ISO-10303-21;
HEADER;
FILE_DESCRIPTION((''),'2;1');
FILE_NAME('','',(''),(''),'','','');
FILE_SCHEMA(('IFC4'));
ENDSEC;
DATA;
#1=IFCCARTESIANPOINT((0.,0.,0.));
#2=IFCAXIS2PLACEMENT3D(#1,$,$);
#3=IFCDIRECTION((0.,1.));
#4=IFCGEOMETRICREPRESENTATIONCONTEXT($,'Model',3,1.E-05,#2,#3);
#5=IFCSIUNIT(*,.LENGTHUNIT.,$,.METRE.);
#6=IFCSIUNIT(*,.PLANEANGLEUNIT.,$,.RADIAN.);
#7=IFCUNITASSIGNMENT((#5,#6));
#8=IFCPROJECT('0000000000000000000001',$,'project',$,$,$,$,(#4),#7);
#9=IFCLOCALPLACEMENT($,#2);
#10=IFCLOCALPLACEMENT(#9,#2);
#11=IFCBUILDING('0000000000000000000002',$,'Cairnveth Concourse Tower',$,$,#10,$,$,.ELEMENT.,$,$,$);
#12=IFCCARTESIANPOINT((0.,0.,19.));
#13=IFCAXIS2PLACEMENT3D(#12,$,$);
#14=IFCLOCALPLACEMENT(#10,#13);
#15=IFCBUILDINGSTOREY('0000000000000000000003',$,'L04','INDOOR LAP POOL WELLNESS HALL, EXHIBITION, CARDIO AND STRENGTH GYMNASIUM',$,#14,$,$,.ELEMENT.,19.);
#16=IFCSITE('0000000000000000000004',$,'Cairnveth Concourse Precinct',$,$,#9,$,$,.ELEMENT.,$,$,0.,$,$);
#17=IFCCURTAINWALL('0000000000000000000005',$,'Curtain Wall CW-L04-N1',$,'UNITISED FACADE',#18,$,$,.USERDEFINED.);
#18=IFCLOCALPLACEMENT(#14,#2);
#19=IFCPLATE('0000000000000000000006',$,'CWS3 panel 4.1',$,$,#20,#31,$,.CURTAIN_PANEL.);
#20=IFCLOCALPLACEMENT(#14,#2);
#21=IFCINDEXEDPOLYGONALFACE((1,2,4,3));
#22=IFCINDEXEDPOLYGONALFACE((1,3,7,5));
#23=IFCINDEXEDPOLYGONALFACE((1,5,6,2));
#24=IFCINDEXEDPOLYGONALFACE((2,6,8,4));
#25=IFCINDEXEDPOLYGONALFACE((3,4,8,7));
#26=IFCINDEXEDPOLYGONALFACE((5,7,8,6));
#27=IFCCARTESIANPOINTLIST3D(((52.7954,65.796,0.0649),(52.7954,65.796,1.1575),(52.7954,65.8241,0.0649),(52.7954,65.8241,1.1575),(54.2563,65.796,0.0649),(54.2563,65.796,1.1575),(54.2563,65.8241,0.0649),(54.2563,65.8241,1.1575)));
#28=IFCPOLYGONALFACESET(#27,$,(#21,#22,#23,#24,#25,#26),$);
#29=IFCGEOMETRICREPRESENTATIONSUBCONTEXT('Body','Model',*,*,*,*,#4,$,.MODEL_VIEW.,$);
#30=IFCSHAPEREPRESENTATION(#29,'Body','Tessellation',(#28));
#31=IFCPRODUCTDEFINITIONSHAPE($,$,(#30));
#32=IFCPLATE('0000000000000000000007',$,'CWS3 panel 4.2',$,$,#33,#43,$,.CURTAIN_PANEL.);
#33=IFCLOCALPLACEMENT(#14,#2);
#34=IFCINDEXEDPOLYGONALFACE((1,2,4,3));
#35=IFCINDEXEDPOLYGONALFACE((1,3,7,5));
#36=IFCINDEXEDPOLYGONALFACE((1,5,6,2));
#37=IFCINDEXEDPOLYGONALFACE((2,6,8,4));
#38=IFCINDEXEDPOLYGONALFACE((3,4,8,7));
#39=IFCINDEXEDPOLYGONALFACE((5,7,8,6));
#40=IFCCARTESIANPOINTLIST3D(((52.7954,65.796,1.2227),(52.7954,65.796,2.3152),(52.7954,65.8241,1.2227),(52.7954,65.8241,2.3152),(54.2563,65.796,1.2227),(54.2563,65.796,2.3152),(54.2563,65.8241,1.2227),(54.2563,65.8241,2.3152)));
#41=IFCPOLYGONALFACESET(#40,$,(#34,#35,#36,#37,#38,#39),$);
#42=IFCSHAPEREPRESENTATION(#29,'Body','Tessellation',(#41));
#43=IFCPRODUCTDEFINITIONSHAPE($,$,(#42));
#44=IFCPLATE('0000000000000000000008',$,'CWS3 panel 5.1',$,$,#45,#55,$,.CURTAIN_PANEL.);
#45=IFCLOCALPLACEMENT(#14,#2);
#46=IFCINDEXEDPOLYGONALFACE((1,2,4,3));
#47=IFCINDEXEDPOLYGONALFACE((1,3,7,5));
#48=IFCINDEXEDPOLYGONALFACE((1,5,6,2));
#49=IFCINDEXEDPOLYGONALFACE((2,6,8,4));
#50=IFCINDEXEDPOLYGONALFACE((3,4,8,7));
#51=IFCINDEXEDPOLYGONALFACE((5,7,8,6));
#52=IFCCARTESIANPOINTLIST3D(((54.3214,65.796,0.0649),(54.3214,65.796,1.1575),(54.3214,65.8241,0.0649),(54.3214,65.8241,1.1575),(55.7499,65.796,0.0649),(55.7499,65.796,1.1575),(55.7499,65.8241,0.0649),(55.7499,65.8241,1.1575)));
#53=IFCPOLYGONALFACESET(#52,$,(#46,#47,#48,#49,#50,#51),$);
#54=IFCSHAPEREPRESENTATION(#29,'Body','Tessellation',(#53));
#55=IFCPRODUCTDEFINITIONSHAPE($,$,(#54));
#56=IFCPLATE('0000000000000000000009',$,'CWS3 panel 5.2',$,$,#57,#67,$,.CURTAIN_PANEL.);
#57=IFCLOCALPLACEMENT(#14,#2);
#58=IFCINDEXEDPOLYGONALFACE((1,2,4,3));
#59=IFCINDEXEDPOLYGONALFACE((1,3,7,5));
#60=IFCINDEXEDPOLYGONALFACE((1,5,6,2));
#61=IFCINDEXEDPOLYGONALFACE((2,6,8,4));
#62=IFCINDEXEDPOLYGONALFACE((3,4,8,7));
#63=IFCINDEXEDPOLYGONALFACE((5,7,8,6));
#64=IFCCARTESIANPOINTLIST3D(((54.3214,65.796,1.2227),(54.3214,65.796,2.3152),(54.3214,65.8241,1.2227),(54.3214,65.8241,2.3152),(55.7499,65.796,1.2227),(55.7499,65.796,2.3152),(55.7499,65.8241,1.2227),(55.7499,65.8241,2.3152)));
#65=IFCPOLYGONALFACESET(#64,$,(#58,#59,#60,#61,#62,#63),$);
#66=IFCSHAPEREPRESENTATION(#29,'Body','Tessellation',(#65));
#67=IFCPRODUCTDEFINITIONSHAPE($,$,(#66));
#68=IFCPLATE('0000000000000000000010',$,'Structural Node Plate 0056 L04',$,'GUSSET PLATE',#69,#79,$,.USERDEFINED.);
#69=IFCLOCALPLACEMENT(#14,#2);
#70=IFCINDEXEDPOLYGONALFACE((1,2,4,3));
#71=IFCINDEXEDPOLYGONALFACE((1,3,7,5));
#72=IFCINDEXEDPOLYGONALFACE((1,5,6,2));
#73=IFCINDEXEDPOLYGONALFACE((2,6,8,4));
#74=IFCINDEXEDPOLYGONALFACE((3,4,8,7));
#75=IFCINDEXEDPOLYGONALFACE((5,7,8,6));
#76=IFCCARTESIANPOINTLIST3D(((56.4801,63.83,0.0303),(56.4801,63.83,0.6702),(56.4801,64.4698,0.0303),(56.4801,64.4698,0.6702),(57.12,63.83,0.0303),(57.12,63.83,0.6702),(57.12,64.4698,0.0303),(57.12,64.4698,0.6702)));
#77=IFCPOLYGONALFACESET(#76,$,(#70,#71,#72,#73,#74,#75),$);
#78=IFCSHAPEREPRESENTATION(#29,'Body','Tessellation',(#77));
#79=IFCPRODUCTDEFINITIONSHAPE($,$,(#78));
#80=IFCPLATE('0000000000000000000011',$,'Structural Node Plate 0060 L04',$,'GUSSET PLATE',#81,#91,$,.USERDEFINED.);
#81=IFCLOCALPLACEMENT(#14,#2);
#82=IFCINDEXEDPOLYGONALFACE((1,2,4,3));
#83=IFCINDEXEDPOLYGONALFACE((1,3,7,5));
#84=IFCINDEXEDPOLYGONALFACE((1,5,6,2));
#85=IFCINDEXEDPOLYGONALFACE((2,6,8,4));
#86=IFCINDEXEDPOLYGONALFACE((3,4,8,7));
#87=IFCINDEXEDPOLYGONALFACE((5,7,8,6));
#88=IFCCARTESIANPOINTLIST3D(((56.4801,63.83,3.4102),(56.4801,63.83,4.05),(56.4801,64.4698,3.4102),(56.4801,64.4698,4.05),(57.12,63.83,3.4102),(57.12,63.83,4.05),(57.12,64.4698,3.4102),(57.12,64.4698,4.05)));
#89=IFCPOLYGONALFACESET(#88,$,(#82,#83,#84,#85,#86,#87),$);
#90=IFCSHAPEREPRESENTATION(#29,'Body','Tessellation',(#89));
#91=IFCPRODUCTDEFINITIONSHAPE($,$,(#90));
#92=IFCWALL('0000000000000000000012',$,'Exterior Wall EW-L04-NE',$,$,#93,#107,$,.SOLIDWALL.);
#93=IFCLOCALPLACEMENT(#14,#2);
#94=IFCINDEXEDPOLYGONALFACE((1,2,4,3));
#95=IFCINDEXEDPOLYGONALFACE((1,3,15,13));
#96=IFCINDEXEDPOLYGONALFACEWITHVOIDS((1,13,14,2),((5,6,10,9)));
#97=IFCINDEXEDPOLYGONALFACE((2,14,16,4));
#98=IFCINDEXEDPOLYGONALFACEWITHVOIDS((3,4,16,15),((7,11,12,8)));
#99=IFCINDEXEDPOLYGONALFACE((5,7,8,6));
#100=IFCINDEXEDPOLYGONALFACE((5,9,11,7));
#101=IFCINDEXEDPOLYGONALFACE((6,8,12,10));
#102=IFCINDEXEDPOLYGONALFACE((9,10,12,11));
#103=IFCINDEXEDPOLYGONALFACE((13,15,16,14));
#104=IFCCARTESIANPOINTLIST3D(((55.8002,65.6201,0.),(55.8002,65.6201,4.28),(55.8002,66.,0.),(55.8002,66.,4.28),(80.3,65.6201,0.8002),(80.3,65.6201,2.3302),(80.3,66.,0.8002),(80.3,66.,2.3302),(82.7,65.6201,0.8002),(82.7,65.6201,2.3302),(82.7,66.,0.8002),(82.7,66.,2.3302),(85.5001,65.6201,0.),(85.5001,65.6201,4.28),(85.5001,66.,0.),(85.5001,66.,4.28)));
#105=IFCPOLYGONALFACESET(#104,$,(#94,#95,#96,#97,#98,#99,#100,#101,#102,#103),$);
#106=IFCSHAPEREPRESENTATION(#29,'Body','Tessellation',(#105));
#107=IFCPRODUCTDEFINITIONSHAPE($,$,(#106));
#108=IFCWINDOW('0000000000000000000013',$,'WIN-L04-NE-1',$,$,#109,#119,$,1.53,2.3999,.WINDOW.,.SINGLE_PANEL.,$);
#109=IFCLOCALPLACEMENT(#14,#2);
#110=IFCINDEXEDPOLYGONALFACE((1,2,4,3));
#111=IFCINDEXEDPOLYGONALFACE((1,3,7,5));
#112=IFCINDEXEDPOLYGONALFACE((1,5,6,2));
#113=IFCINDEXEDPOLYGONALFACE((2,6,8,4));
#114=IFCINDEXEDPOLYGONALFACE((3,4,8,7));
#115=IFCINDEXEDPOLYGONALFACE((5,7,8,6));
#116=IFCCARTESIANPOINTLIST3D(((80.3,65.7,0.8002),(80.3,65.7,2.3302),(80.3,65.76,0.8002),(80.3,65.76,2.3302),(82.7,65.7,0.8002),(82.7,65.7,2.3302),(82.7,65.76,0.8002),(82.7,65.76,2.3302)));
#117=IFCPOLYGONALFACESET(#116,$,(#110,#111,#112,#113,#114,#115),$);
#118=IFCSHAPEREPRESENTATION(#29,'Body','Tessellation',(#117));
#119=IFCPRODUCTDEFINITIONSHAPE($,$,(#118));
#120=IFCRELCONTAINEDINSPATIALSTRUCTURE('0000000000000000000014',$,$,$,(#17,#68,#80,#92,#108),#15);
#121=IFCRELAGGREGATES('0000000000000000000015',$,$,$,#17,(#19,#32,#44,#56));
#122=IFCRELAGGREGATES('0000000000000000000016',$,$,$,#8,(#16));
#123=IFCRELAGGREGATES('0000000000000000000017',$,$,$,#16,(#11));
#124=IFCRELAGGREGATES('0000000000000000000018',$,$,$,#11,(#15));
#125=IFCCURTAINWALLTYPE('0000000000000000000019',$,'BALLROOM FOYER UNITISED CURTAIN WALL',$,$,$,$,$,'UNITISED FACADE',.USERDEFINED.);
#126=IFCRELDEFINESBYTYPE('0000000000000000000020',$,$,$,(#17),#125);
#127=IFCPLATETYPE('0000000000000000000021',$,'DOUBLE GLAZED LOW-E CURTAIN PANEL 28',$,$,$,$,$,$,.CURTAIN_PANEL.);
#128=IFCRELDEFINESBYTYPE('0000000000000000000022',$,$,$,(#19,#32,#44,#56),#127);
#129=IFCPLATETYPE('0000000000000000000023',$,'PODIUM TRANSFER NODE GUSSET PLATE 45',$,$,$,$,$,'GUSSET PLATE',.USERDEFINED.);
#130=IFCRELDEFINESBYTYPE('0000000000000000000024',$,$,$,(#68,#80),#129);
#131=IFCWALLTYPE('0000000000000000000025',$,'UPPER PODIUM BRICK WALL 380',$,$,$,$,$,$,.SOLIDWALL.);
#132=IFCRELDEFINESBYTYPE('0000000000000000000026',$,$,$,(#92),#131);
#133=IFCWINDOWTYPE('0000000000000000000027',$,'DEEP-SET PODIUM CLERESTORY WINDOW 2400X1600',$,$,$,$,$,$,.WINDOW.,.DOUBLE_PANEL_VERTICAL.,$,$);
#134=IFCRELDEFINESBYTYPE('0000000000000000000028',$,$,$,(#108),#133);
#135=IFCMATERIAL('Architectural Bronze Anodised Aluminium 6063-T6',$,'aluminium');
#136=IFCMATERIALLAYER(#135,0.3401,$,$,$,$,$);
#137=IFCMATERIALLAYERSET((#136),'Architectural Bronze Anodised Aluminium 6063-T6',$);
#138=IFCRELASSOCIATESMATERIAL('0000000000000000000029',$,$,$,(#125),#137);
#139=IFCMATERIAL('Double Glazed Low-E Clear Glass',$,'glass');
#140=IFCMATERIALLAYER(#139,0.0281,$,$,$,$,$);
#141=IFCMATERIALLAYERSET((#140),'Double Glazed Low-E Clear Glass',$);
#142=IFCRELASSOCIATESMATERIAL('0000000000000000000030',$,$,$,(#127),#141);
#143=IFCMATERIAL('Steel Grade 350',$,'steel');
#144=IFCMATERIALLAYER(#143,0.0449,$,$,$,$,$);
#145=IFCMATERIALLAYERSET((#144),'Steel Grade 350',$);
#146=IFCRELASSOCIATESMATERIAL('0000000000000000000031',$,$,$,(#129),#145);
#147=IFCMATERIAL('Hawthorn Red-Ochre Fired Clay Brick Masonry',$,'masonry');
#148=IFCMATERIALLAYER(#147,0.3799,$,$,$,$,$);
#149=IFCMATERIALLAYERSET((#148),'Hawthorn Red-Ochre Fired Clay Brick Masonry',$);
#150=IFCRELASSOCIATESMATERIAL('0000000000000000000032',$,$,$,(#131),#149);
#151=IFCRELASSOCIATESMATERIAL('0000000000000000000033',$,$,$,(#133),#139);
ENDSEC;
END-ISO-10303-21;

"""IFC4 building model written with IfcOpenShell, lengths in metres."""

from ifc_helpers import new_model, si_unit, direction, frame, frame_2d, origin, origin_2d, place, context, subcontext, project, spatial, rectangle, extrude, material, layer, layer_set, type_object, element, fill, aggregate, save


model = new_model("IFC4")

# Units and contexts
model_context = context("Model", 3, precision=1e-05, world=origin(), true_north=direction((0.0, 1.0)))
body_context = subcontext(model_context, "Body", "Model", "MODEL_VIEW")
ifc_project = project(units=[si_unit("LENGTHUNIT", "METRE"), si_unit("PLANEANGLEUNIT", "RADIAN")], contexts=[model_context])

# Site, building, storey
site_placement = place(None, origin())
site = spatial("IfcSite", under=ifc_project, at=site_placement, Name="Cairnveth Concourse Precinct", CompositionType="ELEMENT", RefElevation=0.0)
building_placement = place(site_placement, origin())
building = spatial("IfcBuilding", under=site, at=building_placement, Name="Cairnveth Concourse Tower", CompositionType="ELEMENT")
storey_placement = place(building_placement, frame((0.0, 0.0, 19.0)))
storey = spatial("IfcBuildingStorey", under=building, at=storey_placement, Name="L04", Description="INDOOR LAP POOL WELLNESS HALL, EXHIBITION, CARDIO AND STRENGTH GYMNASIUM", CompositionType="ELEMENT", Elevation=19.0)

# Curtain wall, plates
ifc_material_1 = material(Name="Architectural Bronze Anodised Aluminium 6063-T6", Category="aluminium")
ifc_layer_1 = layer(ifc_material_1, 0.3401)
ifc_layer_set_1 = layer_set([ifc_layer_1], Name="Architectural Bronze Anodised Aluminium 6063-T6")
curtain_wall_type = type_object("IfcCurtainWallType", Name="BALLROOM FOYER UNITISED CURTAIN WALL", ElementType="UNITISED FACADE", PredefinedType="USERDEFINED", material=ifc_layer_set_1)
curtain_wall_placement = place(storey_placement, origin())
curtain_wall = element("IfcCurtainWall", 1, at=curtain_wall_placement, inside=storey, type_object=curtain_wall_type, Name="Curtain Wall CW-L04-N1", ObjectType="UNITISED FACADE", PredefinedType="USERDEFINED")
ifc_material_2 = material(Name="Double Glazed Low-E Clear Glass", Category="glass")
ifc_layer_2 = layer(ifc_material_2, 0.0281)
ifc_layer_set_2 = layer_set([ifc_layer_2], Name="Double Glazed Low-E Clear Glass")
plate_type_1 = type_object("IfcPlateType", Name="DOUBLE GLAZED LOW-E CURTAIN PANEL 28", PredefinedType="CURTAIN_PANEL", material=ifc_layer_set_2)
plate_1_placement = place(storey_placement, frame((53.5259, 65.8101, 0.0649), z_axis=(0.0, 0.0, 1.0), x_axis=(1.0, 0.0, 0.0)))
plate_1 = element("IfcPlate", 2, at=plate_1_placement, type_object=plate_type_1, Name="CWS3 panel 4.1", PredefinedType="CURTAIN_PANEL", context=body_context, shape_type="SweptSolid", body=[
    extrude(rectangle(XDim=1.4609, YDim=0.0281, at=origin_2d()), origin(), (0.0, 0.0, 1.0), 1.0925),
])
plate_2_placement = place(storey_placement, frame((53.5259, 65.8101, 1.2227), z_axis=(0.0, 0.0, 1.0), x_axis=(1.0, 0.0, 0.0)))
plate_2 = element("IfcPlate", 3, at=plate_2_placement, type_object=plate_type_1, Name="CWS3 panel 4.2", PredefinedType="CURTAIN_PANEL", context=body_context, shape_type="SweptSolid", body=[
    extrude(rectangle(XDim=1.4609, YDim=0.0281, at=origin_2d()), origin(), (0.0, 0.0, 1.0), 1.0925),
])
plate_3_placement = place(storey_placement, frame((55.0356, 65.8101, 0.0649), z_axis=(0.0, 0.0, 1.0), x_axis=(1.0, 0.0, 0.0)))
plate_3 = element("IfcPlate", 4, at=plate_3_placement, type_object=plate_type_1, Name="CWS3 panel 5.1", PredefinedType="CURTAIN_PANEL", context=body_context, shape_type="SweptSolid", body=[
    extrude(rectangle(XDim=1.4285, YDim=0.0281, at=origin_2d()), origin(), (0.0, 0.0, 1.0), 1.0925),
])
plate_4_placement = place(storey_placement, frame((55.0356, 65.8101, 1.2227), z_axis=(0.0, 0.0, 1.0), x_axis=(1.0, 0.0, 0.0)))
plate_4 = element("IfcPlate", 5, at=plate_4_placement, type_object=plate_type_1, Name="CWS3 panel 5.2", PredefinedType="CURTAIN_PANEL", context=body_context, shape_type="SweptSolid", body=[
    extrude(rectangle(XDim=1.4285, YDim=0.0281, at=origin_2d()), origin(), (0.0, 0.0, 1.0), 1.0925),
])
aggregate(curtain_wall, [plate_1, plate_2, plate_3, plate_4])

# Plates
ifc_material_3 = material(Name="Steel Grade 350", Category="steel")
ifc_layer_3 = layer(ifc_material_3, 0.0449)
ifc_layer_set_3 = layer_set([ifc_layer_3], Name="Steel Grade 350")
plate_type_2 = type_object("IfcPlateType", Name="PODIUM TRANSFER NODE GUSSET PLATE 45", ElementType="GUSSET PLATE", PredefinedType="USERDEFINED", material=ifc_layer_set_3)
for number, where, z_axis, x_axis, name in (
    (6, (56.8, 64.1499, 0.0303), (0.0, 0.0, 1.0), (1.0, 0.0, 0.0), "Structural Node Plate 0056 L04"),
    (7, (56.8, 64.1499, 3.4102), (0.0, 0.0, 1.0), (1.0, 0.0, 0.0), "Structural Node Plate 0060 L04"),
):
    element("IfcPlate", number, at=place(storey_placement, frame(where, z_axis=z_axis, x_axis=x_axis)), inside=storey, type_object=plate_type_2, Name=name, ObjectType="GUSSET PLATE", PredefinedType="USERDEFINED", context=body_context, shape_type="SweptSolid", body=[
        extrude(rectangle(XDim=0.6399, YDim=0.6399, at=origin_2d()), origin(), (0.0, 0.0, 1.0), 0.6399),
    ])

# Wall, opening, window
ifc_material_4 = material(Name="Hawthorn Red-Ochre Fired Clay Brick Masonry", Category="masonry")
ifc_layer_4 = layer(ifc_material_4, 0.3799)
ifc_layer_set_4 = layer_set([ifc_layer_4], Name="Hawthorn Red-Ochre Fired Clay Brick Masonry")
wall_type = type_object("IfcWallType", Name="UPPER PODIUM BRICK WALL 380", PredefinedType="SOLIDWALL", material=ifc_layer_set_4)
wall_placement = place(storey_placement, frame((55.8, 65.8101, 0.0), z_axis=(0.0, 0.0, 1.0), x_axis=(1.0, 0.0, 0.0)))
wall = element("IfcWall", 8, at=wall_placement, inside=storey, type_object=wall_type, Name="Exterior Wall EW-L04-NE", PredefinedType="SOLIDWALL", context=body_context, shape_type="SweptSolid", body=[
    extrude(rectangle(XDim=29.7, YDim=0.3799, at=frame_2d((14.8501, 0.0))), origin(), (0.0, 0.0, 1.0), 4.28),
])
opening_placement = place(wall_placement, frame((24.5, 0.0, 0.8)))
opening = element("IfcOpeningElement", 9, at=opening_placement, cuts=wall, PredefinedType="OPENING", context=body_context, shape_type="SweptSolid", body=[
    extrude(rectangle(XDim=2.3999, YDim=1.53, at=frame_2d((1.2, 0.7651))), frame((0.0, 0.2, 0.0), z_axis=(0.0, -1.0, 0.0), x_axis=(1.0, 0.0, 0.0)), (0.0, 0.0, 1.0), 0.3999),
])
window_type = type_object("IfcWindowType", Name="DEEP-SET PODIUM CLERESTORY WINDOW 2400X1600", PartitioningType="DOUBLE_PANEL_VERTICAL", PredefinedType="WINDOW", material=ifc_material_2)
window_placement = place(opening_placement, origin())
window = element("IfcWindow", 10, at=window_placement, inside=storey, type_object=window_type, Name="WIN-L04-NE-1", OverallHeight=1.53, OverallWidth=2.3999, PartitioningType="SINGLE_PANEL", PredefinedType="WINDOW", context=body_context, shape_type="SweptSolid", body=[
    extrude(rectangle(XDim=2.3999, YDim=1.53, at=frame_2d((1.2, 0.7651))), frame((0.0, -0.05, 0.0), z_axis=(0.0, -1.0, 0.0), x_axis=(1.0, 0.0, 0.0)), (0.0, 0.0, 1.0), 0.0601),
])
fill(opening, window)

save(model, "model.ifc")
